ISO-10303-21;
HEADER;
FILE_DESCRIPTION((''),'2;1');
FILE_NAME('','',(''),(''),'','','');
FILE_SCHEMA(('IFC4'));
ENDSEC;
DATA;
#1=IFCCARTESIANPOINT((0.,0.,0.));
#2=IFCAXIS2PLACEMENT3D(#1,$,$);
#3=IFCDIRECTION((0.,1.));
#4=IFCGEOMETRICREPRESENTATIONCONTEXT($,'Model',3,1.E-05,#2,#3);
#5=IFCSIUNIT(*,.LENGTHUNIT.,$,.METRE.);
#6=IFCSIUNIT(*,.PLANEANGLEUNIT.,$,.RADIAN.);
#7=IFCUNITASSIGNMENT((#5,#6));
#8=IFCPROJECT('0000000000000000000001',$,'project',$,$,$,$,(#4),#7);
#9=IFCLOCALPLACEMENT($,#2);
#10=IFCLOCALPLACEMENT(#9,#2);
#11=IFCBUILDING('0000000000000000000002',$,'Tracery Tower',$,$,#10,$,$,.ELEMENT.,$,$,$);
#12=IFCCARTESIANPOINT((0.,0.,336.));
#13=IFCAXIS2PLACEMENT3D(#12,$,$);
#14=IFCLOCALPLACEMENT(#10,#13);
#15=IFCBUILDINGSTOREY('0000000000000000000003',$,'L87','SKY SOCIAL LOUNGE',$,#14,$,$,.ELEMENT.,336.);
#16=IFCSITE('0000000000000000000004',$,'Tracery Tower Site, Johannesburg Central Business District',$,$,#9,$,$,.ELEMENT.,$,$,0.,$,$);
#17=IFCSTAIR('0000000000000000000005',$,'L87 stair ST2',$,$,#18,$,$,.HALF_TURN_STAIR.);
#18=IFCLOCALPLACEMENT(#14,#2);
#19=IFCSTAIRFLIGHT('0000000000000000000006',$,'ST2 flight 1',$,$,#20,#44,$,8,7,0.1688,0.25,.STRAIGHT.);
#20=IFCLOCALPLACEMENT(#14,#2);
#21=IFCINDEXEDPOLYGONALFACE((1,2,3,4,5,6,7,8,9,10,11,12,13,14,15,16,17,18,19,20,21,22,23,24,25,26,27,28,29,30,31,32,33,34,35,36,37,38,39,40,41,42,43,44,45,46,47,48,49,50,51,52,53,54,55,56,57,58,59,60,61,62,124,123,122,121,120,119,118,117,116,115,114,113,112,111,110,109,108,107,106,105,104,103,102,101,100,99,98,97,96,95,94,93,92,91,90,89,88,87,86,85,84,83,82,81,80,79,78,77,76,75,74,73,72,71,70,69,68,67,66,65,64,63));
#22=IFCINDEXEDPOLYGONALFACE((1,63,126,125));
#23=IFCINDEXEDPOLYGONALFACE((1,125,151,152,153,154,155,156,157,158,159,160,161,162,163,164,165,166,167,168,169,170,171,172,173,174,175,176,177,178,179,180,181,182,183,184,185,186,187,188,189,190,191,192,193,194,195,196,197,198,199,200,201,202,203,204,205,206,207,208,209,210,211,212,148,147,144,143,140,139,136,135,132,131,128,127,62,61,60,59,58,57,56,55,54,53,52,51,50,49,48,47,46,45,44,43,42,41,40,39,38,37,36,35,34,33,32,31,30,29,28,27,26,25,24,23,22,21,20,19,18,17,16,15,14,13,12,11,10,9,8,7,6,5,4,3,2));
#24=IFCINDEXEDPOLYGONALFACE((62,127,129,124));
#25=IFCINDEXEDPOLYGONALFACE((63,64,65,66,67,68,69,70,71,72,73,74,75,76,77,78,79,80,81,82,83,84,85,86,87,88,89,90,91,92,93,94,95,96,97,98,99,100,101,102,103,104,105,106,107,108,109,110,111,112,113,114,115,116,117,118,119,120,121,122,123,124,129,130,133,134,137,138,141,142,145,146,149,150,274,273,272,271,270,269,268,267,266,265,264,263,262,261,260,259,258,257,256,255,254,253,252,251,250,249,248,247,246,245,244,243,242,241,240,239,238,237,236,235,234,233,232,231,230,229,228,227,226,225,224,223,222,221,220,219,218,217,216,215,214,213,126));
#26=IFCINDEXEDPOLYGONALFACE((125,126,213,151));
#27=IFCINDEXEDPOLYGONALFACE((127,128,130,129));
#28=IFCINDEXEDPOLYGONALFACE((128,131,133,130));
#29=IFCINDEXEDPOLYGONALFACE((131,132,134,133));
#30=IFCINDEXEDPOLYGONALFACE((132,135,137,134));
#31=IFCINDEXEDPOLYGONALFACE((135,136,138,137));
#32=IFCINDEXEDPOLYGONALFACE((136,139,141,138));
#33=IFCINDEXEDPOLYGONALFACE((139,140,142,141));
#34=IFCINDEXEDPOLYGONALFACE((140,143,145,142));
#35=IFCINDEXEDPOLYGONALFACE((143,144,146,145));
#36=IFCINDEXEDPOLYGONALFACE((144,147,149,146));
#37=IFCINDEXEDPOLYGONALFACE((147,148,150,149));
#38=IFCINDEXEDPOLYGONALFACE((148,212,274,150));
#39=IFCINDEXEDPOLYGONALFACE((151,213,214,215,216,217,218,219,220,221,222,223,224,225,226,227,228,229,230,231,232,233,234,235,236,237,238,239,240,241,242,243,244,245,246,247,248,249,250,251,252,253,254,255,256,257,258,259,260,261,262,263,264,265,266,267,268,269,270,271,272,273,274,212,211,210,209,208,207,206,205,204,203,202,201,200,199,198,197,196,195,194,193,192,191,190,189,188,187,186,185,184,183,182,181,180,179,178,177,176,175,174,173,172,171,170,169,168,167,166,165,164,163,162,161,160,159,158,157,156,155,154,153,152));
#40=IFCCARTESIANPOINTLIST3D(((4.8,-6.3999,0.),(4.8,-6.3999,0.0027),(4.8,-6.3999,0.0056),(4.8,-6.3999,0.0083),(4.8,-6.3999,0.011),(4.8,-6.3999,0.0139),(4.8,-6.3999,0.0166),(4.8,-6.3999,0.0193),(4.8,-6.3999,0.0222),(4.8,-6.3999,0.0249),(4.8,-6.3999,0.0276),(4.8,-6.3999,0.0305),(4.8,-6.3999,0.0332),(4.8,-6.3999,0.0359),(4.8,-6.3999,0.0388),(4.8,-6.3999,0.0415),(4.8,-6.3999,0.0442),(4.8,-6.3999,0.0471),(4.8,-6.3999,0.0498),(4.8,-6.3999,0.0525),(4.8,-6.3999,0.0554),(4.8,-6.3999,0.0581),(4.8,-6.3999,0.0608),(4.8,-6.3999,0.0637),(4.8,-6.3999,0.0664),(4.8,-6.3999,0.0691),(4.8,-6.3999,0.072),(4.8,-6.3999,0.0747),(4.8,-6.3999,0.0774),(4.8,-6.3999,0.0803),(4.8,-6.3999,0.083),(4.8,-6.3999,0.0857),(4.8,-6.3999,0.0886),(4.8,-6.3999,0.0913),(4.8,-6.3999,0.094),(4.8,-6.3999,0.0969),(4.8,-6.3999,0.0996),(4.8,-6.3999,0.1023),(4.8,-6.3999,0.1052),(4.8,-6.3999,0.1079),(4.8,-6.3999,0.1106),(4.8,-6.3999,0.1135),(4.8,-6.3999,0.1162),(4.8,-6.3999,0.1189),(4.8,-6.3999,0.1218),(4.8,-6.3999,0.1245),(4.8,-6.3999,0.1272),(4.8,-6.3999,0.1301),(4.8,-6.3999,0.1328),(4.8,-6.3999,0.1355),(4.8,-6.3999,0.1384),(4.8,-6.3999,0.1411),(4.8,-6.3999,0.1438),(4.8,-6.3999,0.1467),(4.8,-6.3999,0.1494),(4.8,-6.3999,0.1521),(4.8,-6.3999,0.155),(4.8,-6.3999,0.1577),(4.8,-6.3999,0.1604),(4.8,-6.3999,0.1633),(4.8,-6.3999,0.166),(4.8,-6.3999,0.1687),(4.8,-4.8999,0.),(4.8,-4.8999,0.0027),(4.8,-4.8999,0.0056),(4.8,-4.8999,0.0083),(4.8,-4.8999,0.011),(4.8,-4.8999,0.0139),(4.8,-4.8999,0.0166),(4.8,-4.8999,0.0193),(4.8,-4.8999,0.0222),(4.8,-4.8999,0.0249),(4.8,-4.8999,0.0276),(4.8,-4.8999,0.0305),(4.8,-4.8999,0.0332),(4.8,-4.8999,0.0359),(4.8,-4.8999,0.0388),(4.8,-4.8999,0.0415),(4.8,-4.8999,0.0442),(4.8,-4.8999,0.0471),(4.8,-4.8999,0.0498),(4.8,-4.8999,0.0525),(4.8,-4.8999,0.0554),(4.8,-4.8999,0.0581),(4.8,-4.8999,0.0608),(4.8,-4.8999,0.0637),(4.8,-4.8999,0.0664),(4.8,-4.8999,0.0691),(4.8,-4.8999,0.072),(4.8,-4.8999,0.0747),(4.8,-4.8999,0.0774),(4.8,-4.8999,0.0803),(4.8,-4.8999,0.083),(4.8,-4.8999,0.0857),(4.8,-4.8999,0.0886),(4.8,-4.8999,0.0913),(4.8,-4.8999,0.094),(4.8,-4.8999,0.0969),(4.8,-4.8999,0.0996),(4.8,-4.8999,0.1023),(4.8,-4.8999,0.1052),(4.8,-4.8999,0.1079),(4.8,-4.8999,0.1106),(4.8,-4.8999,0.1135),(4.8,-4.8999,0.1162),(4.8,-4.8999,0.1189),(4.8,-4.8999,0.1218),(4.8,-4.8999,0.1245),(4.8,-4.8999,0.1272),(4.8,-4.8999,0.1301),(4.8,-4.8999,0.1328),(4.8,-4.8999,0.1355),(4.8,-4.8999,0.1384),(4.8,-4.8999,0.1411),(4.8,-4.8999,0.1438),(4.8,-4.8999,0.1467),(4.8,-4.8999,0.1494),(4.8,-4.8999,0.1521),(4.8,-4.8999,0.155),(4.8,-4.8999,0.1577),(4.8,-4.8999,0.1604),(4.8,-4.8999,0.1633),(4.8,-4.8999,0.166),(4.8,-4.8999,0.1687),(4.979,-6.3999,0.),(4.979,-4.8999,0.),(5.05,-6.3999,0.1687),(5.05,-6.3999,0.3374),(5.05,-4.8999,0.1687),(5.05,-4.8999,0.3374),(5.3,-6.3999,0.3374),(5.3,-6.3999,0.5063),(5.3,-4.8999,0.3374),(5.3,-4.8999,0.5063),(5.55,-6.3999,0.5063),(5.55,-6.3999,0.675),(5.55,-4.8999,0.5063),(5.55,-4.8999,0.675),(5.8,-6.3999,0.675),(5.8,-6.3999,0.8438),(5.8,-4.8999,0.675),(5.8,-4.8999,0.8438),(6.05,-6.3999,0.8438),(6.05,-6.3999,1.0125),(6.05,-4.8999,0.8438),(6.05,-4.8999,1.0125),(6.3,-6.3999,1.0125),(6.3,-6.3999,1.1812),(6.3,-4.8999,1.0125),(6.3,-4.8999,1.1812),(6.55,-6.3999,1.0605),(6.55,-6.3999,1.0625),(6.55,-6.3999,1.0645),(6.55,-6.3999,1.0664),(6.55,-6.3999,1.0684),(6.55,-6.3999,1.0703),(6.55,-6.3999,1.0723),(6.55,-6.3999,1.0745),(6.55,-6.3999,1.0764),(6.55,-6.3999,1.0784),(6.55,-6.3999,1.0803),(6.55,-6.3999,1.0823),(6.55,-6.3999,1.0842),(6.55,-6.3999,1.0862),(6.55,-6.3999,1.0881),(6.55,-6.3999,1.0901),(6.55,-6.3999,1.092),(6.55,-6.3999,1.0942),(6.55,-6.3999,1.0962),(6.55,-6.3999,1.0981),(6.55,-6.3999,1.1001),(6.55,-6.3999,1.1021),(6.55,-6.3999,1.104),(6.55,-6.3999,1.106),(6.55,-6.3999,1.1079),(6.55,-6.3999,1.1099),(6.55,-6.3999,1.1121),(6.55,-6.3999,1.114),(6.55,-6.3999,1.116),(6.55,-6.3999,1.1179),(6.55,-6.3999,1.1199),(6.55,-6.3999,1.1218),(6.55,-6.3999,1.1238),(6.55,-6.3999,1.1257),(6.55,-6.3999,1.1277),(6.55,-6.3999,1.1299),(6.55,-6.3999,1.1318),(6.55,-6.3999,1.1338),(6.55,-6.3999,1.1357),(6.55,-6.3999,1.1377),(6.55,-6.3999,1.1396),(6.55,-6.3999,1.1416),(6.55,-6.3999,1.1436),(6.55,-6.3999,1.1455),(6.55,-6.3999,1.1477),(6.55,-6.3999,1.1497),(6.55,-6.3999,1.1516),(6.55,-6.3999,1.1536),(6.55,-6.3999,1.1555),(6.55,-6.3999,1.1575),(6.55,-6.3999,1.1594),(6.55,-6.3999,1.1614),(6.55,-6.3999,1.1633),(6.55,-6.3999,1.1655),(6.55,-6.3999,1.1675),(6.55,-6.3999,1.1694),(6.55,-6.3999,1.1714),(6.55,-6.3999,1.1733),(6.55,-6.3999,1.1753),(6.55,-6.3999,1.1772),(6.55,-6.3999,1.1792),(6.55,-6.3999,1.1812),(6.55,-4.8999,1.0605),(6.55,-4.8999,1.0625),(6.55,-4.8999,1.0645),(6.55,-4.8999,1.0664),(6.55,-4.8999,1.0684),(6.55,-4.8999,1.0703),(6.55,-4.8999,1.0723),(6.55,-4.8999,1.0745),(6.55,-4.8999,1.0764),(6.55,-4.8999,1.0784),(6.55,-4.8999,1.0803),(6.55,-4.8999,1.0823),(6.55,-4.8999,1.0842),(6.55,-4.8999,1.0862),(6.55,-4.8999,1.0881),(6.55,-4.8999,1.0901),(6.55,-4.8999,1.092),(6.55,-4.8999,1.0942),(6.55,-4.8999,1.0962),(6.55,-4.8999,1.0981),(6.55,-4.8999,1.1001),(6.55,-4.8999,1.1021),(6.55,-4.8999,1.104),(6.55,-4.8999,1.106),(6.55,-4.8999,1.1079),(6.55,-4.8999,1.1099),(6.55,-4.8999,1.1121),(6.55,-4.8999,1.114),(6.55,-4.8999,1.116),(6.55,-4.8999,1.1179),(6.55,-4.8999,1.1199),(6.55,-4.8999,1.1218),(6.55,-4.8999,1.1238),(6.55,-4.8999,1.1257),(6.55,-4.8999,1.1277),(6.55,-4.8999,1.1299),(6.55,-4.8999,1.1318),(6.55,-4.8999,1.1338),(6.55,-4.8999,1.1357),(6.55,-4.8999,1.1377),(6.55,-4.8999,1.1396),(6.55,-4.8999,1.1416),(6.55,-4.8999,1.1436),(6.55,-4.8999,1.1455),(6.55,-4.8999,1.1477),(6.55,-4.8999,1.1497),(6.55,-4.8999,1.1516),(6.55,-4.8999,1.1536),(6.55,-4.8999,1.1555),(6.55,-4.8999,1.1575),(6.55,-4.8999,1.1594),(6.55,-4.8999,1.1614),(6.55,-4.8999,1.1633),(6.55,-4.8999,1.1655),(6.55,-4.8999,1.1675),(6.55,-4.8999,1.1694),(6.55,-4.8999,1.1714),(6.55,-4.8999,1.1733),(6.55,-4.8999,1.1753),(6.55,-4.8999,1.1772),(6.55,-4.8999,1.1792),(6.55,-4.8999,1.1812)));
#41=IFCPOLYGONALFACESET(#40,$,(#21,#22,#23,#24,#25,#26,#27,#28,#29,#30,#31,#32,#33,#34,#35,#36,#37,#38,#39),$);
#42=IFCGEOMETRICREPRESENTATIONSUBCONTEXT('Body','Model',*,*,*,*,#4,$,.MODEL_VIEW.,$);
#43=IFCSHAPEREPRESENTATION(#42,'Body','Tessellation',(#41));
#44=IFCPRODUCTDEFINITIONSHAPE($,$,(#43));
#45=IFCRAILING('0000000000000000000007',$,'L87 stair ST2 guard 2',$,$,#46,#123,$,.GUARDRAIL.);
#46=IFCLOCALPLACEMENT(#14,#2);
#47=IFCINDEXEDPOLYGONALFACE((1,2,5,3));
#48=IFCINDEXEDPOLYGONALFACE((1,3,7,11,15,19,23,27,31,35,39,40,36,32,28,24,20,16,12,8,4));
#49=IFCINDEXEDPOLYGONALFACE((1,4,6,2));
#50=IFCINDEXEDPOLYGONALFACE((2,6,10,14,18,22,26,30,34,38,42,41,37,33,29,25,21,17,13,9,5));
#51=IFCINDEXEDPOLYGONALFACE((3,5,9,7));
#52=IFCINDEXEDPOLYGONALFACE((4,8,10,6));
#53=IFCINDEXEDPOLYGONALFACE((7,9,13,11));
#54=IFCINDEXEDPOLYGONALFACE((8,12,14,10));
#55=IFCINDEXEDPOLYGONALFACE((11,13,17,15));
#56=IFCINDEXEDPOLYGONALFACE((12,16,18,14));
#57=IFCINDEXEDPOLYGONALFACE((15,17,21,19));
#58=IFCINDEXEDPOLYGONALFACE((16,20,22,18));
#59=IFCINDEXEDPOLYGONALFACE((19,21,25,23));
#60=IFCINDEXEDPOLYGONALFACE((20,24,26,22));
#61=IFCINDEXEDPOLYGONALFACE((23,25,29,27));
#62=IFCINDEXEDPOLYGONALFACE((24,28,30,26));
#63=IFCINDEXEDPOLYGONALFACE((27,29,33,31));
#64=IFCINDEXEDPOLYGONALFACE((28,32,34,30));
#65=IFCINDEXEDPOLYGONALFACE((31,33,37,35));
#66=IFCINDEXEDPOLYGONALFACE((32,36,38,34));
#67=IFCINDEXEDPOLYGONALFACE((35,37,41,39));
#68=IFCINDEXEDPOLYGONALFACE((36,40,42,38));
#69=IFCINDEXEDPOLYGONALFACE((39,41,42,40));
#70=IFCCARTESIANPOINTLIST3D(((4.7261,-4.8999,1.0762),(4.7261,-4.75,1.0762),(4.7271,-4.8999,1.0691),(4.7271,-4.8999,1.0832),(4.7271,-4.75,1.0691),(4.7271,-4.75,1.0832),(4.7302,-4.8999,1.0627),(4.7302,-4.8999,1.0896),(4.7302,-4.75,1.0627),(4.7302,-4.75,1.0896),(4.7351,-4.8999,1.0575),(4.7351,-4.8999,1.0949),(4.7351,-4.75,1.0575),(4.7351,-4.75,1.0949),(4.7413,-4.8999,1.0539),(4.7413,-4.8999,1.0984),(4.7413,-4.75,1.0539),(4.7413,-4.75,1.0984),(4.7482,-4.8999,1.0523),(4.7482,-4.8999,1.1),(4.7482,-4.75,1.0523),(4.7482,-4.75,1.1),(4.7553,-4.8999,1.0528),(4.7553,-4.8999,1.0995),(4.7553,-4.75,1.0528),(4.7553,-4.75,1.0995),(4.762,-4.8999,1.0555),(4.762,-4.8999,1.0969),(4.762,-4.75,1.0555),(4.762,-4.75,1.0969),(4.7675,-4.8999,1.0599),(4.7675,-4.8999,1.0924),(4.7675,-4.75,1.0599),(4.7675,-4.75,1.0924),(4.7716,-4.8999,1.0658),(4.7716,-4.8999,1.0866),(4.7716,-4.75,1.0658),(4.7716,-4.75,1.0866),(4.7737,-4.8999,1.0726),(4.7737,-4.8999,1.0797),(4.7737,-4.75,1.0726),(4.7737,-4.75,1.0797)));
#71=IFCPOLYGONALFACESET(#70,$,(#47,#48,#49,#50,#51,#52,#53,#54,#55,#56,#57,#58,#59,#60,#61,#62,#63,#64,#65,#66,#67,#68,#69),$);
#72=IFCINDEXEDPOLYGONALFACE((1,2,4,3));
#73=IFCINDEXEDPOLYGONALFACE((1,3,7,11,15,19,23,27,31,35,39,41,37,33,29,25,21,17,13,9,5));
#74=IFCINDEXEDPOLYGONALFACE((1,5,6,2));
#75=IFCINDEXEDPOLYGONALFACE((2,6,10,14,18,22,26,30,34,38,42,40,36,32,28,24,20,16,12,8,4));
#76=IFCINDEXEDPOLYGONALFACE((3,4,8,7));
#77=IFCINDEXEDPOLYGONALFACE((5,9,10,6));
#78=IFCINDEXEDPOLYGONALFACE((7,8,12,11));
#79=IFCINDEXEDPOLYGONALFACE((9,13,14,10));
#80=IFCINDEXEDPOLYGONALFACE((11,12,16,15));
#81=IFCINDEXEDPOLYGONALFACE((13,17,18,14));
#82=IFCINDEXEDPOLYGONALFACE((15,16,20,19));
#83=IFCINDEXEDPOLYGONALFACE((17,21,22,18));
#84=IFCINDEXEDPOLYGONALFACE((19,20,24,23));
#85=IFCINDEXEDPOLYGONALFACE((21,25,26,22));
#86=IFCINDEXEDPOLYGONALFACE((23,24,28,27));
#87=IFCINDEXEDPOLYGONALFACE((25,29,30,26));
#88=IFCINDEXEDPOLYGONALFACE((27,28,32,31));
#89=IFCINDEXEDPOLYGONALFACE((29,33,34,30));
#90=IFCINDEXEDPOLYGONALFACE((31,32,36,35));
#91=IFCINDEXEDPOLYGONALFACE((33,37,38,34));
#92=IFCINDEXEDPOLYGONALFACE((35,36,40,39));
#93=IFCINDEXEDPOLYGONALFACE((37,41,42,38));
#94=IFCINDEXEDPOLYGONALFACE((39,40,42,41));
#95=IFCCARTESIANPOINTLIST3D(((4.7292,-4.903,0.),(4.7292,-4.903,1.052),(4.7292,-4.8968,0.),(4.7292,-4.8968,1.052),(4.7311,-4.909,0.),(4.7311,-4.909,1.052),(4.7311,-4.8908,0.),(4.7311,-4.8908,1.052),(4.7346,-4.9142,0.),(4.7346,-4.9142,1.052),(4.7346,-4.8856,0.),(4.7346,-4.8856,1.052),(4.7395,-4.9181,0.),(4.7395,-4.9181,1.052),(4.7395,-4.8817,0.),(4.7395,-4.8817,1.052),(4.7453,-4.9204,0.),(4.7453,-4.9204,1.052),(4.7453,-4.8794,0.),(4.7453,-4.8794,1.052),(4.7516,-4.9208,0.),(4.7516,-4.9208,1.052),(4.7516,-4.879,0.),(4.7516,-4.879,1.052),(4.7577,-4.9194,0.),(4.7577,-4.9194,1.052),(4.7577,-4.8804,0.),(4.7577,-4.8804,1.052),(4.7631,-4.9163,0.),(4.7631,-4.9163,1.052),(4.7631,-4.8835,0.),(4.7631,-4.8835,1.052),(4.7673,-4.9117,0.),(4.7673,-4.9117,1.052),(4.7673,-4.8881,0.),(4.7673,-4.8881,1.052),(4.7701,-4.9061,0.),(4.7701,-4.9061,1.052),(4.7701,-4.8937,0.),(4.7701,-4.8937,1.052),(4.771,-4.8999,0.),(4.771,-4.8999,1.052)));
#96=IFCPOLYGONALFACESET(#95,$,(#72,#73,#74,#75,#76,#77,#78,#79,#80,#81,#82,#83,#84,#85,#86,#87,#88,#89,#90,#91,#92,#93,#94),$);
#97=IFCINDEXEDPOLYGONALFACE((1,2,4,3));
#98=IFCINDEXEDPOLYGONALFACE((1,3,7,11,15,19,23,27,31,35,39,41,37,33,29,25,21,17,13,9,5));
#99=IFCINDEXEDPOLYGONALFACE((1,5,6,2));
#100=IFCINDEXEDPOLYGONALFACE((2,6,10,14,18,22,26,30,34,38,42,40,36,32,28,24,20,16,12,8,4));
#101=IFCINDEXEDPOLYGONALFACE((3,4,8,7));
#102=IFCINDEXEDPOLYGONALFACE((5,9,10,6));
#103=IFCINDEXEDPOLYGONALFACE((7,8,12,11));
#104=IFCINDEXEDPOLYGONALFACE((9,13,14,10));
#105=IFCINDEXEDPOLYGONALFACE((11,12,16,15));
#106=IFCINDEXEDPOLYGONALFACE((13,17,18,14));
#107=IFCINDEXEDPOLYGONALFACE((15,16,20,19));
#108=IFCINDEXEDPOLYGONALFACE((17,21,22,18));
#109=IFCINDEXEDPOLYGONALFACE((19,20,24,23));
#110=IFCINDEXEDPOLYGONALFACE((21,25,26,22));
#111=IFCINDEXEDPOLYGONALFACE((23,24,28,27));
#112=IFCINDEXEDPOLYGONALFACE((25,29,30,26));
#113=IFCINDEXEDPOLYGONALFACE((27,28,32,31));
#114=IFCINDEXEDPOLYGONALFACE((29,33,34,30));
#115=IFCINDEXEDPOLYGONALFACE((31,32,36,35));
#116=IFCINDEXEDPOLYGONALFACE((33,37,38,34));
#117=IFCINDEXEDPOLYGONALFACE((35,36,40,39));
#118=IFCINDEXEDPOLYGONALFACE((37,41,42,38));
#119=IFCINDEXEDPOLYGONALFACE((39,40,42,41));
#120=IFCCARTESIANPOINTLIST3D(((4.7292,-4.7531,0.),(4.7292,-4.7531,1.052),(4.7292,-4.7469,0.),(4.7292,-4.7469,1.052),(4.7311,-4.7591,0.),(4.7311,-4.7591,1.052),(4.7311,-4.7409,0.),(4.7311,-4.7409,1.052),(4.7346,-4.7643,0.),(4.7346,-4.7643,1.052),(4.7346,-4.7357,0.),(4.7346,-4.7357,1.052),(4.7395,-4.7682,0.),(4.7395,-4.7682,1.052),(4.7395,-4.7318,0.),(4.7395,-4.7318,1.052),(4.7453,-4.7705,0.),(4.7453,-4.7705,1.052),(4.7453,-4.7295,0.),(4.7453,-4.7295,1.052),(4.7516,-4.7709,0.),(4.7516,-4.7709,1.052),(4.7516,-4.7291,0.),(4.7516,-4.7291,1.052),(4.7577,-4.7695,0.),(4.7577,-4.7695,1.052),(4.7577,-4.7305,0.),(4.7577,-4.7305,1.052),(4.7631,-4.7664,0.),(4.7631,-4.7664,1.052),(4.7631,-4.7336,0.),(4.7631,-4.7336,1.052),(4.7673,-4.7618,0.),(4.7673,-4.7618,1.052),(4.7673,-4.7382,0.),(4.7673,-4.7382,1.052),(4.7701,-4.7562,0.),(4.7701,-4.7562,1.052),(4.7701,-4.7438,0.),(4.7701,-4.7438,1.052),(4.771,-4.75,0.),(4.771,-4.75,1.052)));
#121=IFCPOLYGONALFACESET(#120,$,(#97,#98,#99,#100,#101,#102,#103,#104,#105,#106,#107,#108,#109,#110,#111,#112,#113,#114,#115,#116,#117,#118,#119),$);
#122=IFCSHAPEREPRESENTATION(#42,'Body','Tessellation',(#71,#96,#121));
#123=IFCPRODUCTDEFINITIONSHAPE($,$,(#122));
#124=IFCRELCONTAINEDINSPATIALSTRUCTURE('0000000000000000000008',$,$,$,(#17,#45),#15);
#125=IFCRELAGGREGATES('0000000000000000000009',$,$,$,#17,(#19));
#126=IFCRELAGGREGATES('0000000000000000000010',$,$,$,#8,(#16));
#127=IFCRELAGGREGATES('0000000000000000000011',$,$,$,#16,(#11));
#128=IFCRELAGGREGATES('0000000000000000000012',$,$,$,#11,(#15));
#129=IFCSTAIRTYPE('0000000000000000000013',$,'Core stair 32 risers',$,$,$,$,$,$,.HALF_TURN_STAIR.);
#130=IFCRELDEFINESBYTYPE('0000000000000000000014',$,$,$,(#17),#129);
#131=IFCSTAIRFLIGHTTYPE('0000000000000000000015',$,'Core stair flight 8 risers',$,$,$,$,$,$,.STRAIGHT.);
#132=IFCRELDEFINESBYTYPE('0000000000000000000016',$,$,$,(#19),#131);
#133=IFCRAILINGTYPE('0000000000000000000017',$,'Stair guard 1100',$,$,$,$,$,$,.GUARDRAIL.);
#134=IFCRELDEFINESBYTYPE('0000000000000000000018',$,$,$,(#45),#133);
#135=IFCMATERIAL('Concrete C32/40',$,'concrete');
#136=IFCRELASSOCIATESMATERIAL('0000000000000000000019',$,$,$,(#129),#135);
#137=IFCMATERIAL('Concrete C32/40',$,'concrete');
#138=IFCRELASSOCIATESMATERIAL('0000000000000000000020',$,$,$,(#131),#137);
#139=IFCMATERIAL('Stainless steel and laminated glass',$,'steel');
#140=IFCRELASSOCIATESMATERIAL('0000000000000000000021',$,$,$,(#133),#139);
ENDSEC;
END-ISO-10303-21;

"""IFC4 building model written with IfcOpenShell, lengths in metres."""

from ifc_helpers import new_model, si_unit, direction, frame, origin, origin_2d, place, context, subcontext, project, spatial, polyline, circle, outline, extrude, material, type_object, element, aggregate, save


model = new_model("IFC4")

# Units and contexts
model_context = context("Model", 3, precision=1e-05, world=origin(), true_north=direction((0.0, 1.0)))
body_context = subcontext(model_context, "Body", "Model", "MODEL_VIEW")
ifc_project = project(units=[si_unit("LENGTHUNIT", "METRE"), si_unit("PLANEANGLEUNIT", "RADIAN")], contexts=[model_context])

# Site, building, storey
site_placement = place(None, origin())
site = spatial("IfcSite", under=ifc_project, at=site_placement, Name="Tracery Tower Site, Johannesburg Central Business District", CompositionType="ELEMENT", RefElevation=0.0)
building_placement = place(site_placement, origin())
building = spatial("IfcBuilding", under=site, at=building_placement, Name="Tracery Tower", CompositionType="ELEMENT")
storey_placement = place(building_placement, frame((0.0, 0.0, 336.0)))
storey = spatial("IfcBuildingStorey", under=building, at=storey_placement, Name="L87", Description="SKY SOCIAL LOUNGE", CompositionType="ELEMENT", Elevation=336.0)

# Stair, stair flight
ifc_material_1 = material(Name="Concrete C32/40", Category="concrete")
stair_type = type_object("IfcStairType", Name="Core stair 32 risers", PredefinedType="HALF_TURN_STAIR", material=ifc_material_1)
stair_placement = place(storey_placement, origin())
stair = element("IfcStair", 1, at=stair_placement, inside=storey, type_object=stair_type, Name="L87 stair ST2", PredefinedType="HALF_TURN_STAIR")
ifc_material_2 = material(Name="Concrete C32/40", Category="concrete")
stair_flight_type = type_object("IfcStairFlightType", Name="Core stair flight 8 risers", PredefinedType="STRAIGHT", material=ifc_material_2)
stair_flight_1_placement = place(storey_placement, frame((4.8, -5.6499, 0.0), z_axis=(0.0, 0.0, 1.0), x_axis=(1.0, 0.0, 0.0)))
stair_flight_1 = element("IfcStairFlight", 2, at=stair_flight_1_placement, type_object=stair_flight_type, Name="ST2 flight 1", NumberOfRisers=8, NumberOfTreads=7, PredefinedType="STRAIGHT", RiserHeight=0.1688, TreadLength=0.25, context=body_context, shape_type="SweptSolid", body=[
    extrude(outline(polyline([(0.0, 0.0), (0.0, 0.0027), (0.0, 0.0056), (0.0, 0.0083), (0.0, 0.011), (0.0, 0.0139), (0.0, 0.0166), (0.0, 0.0193), (0.0, 0.0222), (0.0, 0.0249), (0.0, 0.0276), (0.0, 0.0305), (0.0, 0.0332), (0.0, 0.0359), (0.0, 0.0388), (0.0, 0.0415), (0.0, 0.0442), (0.0, 0.0471), (0.0, 0.0498), (0.0, 0.0525), (0.0, 0.0554), (0.0, 0.0581), (0.0, 0.0608), (0.0, 0.0637), (0.0, 0.0664), (0.0, 0.0691), (0.0, 0.072), (0.0, 0.0747), (0.0, 0.0774), (0.0, 0.0803), (0.0, 0.083), (0.0, 0.0857), (0.0, 0.0886), (0.0, 0.0913), (0.0, 0.094), (0.0, 0.0969), (0.0, 0.0996), (0.0, 0.1023), (0.0, 0.1052), (0.0, 0.1079), (0.0, 0.1106), (0.0, 0.1135), (0.0, 0.1162), (0.0, 0.1189), (0.0, 0.1218), (0.0, 0.1245), (0.0, 0.1272), (0.0, 0.1301), (0.0, 0.1328), (0.0, 0.1355), (0.0, 0.1384), (0.0, 0.1411), (0.0, 0.1438), (0.0, 0.1467), (0.0, 0.1494), (0.0, 0.1521), (0.0, 0.155), (0.0, 0.1577), (0.0, 0.1604), (0.0, 0.1633), (0.0, 0.166), (0.0, 0.1687), (0.25, 0.1687), (0.25, 0.3374), (0.5, 0.3374), (0.5, 0.5063), (0.75, 0.5063), (0.75, 0.675), (1.0, 0.675), (1.0, 0.8438), (1.25, 0.8438), (1.25, 1.0125), (1.5, 1.0125), (1.5, 1.1812), (1.75, 1.1812), (1.75, 1.1792), (1.75, 1.1772), (1.75, 1.1753), (1.75, 1.1733), (1.75, 1.1714), (1.75, 1.1694), (1.75, 1.1675), (1.75, 1.1655), (1.75, 1.1633), (1.75, 1.1614), (1.75, 1.1594), (1.75, 1.1575), (1.75, 1.1555), (1.75, 1.1536), (1.75, 1.1516), (1.75, 1.1497), (1.75, 1.1477), (1.75, 1.1455), (1.75, 1.1436), (1.75, 1.1416), (1.75, 1.1396), (1.75, 1.1377), (1.75, 1.1357), (1.75, 1.1338), (1.75, 1.1318), (1.75, 1.1299), (1.75, 1.1277), (1.75, 1.1257), (1.75, 1.1238), (1.75, 1.1218), (1.75, 1.1199), (1.75, 1.1179), (1.75, 1.116), (1.75, 1.114), (1.75, 1.1121), (1.75, 1.1099), (1.75, 1.1079), (1.75, 1.106), (1.75, 1.104), (1.75, 1.1021), (1.75, 1.1001), (1.75, 1.0981), (1.75, 1.0962), (1.75, 1.0942), (1.75, 1.092), (1.75, 1.0901), (1.75, 1.0881), (1.75, 1.0862), (1.75, 1.0842), (1.75, 1.0823), (1.75, 1.0803), (1.75, 1.0784), (1.75, 1.0764), (1.75, 1.0745), (1.75, 1.0723), (1.75, 1.0703), (1.75, 1.0684), (1.75, 1.0664), (1.75, 1.0645), (1.75, 1.0625), (1.75, 1.0605), (0.179, 0.0), (0.0, 0.0)])), frame((0.0, 0.75, 0.0), z_axis=(0.0, -1.0, 0.0), x_axis=(1.0, 0.0, 0.0)), (0.0, 0.0, 1.0), 1.5),
])
aggregate(stair, [stair_flight_1])

# Railing
ifc_material_3 = material(Name="Stainless steel and laminated glass", Category="steel")
railing_type_1 = type_object("IfcRailingType", Name="Stair guard 1100", PredefinedType="GUARDRAIL", material=ifc_material_3)
railing_1_placement = place(storey_placement, frame((4.75, -4.8999, 0.0)))
element("IfcRailing", 3, at=railing_1_placement, inside=storey, type_object=railing_type_1, Name="L87 stair ST2 guard 2", PredefinedType="GUARDRAIL", context=body_context, shape_type="SweptSolid", body=[
    extrude(circle(Radius=0.0239, at=origin_2d()), frame((0.0, 0.0, 1.0762), z_axis=(0.0, 1.0, 0.0), x_axis=(-1.0, 0.0, 0.0)), (0.0, 0.0, 1.0), 0.1499),
    extrude(circle(Radius=0.021, at=origin_2d()), origin(), (0.0, 0.0, 1.0), 1.052),
    extrude(circle(Radius=0.021, at=origin_2d()), frame((0.0, 0.1499, 0.0)), (0.0, 0.0, 1.0), 1.052),
])

save(model, "model.ifc")
